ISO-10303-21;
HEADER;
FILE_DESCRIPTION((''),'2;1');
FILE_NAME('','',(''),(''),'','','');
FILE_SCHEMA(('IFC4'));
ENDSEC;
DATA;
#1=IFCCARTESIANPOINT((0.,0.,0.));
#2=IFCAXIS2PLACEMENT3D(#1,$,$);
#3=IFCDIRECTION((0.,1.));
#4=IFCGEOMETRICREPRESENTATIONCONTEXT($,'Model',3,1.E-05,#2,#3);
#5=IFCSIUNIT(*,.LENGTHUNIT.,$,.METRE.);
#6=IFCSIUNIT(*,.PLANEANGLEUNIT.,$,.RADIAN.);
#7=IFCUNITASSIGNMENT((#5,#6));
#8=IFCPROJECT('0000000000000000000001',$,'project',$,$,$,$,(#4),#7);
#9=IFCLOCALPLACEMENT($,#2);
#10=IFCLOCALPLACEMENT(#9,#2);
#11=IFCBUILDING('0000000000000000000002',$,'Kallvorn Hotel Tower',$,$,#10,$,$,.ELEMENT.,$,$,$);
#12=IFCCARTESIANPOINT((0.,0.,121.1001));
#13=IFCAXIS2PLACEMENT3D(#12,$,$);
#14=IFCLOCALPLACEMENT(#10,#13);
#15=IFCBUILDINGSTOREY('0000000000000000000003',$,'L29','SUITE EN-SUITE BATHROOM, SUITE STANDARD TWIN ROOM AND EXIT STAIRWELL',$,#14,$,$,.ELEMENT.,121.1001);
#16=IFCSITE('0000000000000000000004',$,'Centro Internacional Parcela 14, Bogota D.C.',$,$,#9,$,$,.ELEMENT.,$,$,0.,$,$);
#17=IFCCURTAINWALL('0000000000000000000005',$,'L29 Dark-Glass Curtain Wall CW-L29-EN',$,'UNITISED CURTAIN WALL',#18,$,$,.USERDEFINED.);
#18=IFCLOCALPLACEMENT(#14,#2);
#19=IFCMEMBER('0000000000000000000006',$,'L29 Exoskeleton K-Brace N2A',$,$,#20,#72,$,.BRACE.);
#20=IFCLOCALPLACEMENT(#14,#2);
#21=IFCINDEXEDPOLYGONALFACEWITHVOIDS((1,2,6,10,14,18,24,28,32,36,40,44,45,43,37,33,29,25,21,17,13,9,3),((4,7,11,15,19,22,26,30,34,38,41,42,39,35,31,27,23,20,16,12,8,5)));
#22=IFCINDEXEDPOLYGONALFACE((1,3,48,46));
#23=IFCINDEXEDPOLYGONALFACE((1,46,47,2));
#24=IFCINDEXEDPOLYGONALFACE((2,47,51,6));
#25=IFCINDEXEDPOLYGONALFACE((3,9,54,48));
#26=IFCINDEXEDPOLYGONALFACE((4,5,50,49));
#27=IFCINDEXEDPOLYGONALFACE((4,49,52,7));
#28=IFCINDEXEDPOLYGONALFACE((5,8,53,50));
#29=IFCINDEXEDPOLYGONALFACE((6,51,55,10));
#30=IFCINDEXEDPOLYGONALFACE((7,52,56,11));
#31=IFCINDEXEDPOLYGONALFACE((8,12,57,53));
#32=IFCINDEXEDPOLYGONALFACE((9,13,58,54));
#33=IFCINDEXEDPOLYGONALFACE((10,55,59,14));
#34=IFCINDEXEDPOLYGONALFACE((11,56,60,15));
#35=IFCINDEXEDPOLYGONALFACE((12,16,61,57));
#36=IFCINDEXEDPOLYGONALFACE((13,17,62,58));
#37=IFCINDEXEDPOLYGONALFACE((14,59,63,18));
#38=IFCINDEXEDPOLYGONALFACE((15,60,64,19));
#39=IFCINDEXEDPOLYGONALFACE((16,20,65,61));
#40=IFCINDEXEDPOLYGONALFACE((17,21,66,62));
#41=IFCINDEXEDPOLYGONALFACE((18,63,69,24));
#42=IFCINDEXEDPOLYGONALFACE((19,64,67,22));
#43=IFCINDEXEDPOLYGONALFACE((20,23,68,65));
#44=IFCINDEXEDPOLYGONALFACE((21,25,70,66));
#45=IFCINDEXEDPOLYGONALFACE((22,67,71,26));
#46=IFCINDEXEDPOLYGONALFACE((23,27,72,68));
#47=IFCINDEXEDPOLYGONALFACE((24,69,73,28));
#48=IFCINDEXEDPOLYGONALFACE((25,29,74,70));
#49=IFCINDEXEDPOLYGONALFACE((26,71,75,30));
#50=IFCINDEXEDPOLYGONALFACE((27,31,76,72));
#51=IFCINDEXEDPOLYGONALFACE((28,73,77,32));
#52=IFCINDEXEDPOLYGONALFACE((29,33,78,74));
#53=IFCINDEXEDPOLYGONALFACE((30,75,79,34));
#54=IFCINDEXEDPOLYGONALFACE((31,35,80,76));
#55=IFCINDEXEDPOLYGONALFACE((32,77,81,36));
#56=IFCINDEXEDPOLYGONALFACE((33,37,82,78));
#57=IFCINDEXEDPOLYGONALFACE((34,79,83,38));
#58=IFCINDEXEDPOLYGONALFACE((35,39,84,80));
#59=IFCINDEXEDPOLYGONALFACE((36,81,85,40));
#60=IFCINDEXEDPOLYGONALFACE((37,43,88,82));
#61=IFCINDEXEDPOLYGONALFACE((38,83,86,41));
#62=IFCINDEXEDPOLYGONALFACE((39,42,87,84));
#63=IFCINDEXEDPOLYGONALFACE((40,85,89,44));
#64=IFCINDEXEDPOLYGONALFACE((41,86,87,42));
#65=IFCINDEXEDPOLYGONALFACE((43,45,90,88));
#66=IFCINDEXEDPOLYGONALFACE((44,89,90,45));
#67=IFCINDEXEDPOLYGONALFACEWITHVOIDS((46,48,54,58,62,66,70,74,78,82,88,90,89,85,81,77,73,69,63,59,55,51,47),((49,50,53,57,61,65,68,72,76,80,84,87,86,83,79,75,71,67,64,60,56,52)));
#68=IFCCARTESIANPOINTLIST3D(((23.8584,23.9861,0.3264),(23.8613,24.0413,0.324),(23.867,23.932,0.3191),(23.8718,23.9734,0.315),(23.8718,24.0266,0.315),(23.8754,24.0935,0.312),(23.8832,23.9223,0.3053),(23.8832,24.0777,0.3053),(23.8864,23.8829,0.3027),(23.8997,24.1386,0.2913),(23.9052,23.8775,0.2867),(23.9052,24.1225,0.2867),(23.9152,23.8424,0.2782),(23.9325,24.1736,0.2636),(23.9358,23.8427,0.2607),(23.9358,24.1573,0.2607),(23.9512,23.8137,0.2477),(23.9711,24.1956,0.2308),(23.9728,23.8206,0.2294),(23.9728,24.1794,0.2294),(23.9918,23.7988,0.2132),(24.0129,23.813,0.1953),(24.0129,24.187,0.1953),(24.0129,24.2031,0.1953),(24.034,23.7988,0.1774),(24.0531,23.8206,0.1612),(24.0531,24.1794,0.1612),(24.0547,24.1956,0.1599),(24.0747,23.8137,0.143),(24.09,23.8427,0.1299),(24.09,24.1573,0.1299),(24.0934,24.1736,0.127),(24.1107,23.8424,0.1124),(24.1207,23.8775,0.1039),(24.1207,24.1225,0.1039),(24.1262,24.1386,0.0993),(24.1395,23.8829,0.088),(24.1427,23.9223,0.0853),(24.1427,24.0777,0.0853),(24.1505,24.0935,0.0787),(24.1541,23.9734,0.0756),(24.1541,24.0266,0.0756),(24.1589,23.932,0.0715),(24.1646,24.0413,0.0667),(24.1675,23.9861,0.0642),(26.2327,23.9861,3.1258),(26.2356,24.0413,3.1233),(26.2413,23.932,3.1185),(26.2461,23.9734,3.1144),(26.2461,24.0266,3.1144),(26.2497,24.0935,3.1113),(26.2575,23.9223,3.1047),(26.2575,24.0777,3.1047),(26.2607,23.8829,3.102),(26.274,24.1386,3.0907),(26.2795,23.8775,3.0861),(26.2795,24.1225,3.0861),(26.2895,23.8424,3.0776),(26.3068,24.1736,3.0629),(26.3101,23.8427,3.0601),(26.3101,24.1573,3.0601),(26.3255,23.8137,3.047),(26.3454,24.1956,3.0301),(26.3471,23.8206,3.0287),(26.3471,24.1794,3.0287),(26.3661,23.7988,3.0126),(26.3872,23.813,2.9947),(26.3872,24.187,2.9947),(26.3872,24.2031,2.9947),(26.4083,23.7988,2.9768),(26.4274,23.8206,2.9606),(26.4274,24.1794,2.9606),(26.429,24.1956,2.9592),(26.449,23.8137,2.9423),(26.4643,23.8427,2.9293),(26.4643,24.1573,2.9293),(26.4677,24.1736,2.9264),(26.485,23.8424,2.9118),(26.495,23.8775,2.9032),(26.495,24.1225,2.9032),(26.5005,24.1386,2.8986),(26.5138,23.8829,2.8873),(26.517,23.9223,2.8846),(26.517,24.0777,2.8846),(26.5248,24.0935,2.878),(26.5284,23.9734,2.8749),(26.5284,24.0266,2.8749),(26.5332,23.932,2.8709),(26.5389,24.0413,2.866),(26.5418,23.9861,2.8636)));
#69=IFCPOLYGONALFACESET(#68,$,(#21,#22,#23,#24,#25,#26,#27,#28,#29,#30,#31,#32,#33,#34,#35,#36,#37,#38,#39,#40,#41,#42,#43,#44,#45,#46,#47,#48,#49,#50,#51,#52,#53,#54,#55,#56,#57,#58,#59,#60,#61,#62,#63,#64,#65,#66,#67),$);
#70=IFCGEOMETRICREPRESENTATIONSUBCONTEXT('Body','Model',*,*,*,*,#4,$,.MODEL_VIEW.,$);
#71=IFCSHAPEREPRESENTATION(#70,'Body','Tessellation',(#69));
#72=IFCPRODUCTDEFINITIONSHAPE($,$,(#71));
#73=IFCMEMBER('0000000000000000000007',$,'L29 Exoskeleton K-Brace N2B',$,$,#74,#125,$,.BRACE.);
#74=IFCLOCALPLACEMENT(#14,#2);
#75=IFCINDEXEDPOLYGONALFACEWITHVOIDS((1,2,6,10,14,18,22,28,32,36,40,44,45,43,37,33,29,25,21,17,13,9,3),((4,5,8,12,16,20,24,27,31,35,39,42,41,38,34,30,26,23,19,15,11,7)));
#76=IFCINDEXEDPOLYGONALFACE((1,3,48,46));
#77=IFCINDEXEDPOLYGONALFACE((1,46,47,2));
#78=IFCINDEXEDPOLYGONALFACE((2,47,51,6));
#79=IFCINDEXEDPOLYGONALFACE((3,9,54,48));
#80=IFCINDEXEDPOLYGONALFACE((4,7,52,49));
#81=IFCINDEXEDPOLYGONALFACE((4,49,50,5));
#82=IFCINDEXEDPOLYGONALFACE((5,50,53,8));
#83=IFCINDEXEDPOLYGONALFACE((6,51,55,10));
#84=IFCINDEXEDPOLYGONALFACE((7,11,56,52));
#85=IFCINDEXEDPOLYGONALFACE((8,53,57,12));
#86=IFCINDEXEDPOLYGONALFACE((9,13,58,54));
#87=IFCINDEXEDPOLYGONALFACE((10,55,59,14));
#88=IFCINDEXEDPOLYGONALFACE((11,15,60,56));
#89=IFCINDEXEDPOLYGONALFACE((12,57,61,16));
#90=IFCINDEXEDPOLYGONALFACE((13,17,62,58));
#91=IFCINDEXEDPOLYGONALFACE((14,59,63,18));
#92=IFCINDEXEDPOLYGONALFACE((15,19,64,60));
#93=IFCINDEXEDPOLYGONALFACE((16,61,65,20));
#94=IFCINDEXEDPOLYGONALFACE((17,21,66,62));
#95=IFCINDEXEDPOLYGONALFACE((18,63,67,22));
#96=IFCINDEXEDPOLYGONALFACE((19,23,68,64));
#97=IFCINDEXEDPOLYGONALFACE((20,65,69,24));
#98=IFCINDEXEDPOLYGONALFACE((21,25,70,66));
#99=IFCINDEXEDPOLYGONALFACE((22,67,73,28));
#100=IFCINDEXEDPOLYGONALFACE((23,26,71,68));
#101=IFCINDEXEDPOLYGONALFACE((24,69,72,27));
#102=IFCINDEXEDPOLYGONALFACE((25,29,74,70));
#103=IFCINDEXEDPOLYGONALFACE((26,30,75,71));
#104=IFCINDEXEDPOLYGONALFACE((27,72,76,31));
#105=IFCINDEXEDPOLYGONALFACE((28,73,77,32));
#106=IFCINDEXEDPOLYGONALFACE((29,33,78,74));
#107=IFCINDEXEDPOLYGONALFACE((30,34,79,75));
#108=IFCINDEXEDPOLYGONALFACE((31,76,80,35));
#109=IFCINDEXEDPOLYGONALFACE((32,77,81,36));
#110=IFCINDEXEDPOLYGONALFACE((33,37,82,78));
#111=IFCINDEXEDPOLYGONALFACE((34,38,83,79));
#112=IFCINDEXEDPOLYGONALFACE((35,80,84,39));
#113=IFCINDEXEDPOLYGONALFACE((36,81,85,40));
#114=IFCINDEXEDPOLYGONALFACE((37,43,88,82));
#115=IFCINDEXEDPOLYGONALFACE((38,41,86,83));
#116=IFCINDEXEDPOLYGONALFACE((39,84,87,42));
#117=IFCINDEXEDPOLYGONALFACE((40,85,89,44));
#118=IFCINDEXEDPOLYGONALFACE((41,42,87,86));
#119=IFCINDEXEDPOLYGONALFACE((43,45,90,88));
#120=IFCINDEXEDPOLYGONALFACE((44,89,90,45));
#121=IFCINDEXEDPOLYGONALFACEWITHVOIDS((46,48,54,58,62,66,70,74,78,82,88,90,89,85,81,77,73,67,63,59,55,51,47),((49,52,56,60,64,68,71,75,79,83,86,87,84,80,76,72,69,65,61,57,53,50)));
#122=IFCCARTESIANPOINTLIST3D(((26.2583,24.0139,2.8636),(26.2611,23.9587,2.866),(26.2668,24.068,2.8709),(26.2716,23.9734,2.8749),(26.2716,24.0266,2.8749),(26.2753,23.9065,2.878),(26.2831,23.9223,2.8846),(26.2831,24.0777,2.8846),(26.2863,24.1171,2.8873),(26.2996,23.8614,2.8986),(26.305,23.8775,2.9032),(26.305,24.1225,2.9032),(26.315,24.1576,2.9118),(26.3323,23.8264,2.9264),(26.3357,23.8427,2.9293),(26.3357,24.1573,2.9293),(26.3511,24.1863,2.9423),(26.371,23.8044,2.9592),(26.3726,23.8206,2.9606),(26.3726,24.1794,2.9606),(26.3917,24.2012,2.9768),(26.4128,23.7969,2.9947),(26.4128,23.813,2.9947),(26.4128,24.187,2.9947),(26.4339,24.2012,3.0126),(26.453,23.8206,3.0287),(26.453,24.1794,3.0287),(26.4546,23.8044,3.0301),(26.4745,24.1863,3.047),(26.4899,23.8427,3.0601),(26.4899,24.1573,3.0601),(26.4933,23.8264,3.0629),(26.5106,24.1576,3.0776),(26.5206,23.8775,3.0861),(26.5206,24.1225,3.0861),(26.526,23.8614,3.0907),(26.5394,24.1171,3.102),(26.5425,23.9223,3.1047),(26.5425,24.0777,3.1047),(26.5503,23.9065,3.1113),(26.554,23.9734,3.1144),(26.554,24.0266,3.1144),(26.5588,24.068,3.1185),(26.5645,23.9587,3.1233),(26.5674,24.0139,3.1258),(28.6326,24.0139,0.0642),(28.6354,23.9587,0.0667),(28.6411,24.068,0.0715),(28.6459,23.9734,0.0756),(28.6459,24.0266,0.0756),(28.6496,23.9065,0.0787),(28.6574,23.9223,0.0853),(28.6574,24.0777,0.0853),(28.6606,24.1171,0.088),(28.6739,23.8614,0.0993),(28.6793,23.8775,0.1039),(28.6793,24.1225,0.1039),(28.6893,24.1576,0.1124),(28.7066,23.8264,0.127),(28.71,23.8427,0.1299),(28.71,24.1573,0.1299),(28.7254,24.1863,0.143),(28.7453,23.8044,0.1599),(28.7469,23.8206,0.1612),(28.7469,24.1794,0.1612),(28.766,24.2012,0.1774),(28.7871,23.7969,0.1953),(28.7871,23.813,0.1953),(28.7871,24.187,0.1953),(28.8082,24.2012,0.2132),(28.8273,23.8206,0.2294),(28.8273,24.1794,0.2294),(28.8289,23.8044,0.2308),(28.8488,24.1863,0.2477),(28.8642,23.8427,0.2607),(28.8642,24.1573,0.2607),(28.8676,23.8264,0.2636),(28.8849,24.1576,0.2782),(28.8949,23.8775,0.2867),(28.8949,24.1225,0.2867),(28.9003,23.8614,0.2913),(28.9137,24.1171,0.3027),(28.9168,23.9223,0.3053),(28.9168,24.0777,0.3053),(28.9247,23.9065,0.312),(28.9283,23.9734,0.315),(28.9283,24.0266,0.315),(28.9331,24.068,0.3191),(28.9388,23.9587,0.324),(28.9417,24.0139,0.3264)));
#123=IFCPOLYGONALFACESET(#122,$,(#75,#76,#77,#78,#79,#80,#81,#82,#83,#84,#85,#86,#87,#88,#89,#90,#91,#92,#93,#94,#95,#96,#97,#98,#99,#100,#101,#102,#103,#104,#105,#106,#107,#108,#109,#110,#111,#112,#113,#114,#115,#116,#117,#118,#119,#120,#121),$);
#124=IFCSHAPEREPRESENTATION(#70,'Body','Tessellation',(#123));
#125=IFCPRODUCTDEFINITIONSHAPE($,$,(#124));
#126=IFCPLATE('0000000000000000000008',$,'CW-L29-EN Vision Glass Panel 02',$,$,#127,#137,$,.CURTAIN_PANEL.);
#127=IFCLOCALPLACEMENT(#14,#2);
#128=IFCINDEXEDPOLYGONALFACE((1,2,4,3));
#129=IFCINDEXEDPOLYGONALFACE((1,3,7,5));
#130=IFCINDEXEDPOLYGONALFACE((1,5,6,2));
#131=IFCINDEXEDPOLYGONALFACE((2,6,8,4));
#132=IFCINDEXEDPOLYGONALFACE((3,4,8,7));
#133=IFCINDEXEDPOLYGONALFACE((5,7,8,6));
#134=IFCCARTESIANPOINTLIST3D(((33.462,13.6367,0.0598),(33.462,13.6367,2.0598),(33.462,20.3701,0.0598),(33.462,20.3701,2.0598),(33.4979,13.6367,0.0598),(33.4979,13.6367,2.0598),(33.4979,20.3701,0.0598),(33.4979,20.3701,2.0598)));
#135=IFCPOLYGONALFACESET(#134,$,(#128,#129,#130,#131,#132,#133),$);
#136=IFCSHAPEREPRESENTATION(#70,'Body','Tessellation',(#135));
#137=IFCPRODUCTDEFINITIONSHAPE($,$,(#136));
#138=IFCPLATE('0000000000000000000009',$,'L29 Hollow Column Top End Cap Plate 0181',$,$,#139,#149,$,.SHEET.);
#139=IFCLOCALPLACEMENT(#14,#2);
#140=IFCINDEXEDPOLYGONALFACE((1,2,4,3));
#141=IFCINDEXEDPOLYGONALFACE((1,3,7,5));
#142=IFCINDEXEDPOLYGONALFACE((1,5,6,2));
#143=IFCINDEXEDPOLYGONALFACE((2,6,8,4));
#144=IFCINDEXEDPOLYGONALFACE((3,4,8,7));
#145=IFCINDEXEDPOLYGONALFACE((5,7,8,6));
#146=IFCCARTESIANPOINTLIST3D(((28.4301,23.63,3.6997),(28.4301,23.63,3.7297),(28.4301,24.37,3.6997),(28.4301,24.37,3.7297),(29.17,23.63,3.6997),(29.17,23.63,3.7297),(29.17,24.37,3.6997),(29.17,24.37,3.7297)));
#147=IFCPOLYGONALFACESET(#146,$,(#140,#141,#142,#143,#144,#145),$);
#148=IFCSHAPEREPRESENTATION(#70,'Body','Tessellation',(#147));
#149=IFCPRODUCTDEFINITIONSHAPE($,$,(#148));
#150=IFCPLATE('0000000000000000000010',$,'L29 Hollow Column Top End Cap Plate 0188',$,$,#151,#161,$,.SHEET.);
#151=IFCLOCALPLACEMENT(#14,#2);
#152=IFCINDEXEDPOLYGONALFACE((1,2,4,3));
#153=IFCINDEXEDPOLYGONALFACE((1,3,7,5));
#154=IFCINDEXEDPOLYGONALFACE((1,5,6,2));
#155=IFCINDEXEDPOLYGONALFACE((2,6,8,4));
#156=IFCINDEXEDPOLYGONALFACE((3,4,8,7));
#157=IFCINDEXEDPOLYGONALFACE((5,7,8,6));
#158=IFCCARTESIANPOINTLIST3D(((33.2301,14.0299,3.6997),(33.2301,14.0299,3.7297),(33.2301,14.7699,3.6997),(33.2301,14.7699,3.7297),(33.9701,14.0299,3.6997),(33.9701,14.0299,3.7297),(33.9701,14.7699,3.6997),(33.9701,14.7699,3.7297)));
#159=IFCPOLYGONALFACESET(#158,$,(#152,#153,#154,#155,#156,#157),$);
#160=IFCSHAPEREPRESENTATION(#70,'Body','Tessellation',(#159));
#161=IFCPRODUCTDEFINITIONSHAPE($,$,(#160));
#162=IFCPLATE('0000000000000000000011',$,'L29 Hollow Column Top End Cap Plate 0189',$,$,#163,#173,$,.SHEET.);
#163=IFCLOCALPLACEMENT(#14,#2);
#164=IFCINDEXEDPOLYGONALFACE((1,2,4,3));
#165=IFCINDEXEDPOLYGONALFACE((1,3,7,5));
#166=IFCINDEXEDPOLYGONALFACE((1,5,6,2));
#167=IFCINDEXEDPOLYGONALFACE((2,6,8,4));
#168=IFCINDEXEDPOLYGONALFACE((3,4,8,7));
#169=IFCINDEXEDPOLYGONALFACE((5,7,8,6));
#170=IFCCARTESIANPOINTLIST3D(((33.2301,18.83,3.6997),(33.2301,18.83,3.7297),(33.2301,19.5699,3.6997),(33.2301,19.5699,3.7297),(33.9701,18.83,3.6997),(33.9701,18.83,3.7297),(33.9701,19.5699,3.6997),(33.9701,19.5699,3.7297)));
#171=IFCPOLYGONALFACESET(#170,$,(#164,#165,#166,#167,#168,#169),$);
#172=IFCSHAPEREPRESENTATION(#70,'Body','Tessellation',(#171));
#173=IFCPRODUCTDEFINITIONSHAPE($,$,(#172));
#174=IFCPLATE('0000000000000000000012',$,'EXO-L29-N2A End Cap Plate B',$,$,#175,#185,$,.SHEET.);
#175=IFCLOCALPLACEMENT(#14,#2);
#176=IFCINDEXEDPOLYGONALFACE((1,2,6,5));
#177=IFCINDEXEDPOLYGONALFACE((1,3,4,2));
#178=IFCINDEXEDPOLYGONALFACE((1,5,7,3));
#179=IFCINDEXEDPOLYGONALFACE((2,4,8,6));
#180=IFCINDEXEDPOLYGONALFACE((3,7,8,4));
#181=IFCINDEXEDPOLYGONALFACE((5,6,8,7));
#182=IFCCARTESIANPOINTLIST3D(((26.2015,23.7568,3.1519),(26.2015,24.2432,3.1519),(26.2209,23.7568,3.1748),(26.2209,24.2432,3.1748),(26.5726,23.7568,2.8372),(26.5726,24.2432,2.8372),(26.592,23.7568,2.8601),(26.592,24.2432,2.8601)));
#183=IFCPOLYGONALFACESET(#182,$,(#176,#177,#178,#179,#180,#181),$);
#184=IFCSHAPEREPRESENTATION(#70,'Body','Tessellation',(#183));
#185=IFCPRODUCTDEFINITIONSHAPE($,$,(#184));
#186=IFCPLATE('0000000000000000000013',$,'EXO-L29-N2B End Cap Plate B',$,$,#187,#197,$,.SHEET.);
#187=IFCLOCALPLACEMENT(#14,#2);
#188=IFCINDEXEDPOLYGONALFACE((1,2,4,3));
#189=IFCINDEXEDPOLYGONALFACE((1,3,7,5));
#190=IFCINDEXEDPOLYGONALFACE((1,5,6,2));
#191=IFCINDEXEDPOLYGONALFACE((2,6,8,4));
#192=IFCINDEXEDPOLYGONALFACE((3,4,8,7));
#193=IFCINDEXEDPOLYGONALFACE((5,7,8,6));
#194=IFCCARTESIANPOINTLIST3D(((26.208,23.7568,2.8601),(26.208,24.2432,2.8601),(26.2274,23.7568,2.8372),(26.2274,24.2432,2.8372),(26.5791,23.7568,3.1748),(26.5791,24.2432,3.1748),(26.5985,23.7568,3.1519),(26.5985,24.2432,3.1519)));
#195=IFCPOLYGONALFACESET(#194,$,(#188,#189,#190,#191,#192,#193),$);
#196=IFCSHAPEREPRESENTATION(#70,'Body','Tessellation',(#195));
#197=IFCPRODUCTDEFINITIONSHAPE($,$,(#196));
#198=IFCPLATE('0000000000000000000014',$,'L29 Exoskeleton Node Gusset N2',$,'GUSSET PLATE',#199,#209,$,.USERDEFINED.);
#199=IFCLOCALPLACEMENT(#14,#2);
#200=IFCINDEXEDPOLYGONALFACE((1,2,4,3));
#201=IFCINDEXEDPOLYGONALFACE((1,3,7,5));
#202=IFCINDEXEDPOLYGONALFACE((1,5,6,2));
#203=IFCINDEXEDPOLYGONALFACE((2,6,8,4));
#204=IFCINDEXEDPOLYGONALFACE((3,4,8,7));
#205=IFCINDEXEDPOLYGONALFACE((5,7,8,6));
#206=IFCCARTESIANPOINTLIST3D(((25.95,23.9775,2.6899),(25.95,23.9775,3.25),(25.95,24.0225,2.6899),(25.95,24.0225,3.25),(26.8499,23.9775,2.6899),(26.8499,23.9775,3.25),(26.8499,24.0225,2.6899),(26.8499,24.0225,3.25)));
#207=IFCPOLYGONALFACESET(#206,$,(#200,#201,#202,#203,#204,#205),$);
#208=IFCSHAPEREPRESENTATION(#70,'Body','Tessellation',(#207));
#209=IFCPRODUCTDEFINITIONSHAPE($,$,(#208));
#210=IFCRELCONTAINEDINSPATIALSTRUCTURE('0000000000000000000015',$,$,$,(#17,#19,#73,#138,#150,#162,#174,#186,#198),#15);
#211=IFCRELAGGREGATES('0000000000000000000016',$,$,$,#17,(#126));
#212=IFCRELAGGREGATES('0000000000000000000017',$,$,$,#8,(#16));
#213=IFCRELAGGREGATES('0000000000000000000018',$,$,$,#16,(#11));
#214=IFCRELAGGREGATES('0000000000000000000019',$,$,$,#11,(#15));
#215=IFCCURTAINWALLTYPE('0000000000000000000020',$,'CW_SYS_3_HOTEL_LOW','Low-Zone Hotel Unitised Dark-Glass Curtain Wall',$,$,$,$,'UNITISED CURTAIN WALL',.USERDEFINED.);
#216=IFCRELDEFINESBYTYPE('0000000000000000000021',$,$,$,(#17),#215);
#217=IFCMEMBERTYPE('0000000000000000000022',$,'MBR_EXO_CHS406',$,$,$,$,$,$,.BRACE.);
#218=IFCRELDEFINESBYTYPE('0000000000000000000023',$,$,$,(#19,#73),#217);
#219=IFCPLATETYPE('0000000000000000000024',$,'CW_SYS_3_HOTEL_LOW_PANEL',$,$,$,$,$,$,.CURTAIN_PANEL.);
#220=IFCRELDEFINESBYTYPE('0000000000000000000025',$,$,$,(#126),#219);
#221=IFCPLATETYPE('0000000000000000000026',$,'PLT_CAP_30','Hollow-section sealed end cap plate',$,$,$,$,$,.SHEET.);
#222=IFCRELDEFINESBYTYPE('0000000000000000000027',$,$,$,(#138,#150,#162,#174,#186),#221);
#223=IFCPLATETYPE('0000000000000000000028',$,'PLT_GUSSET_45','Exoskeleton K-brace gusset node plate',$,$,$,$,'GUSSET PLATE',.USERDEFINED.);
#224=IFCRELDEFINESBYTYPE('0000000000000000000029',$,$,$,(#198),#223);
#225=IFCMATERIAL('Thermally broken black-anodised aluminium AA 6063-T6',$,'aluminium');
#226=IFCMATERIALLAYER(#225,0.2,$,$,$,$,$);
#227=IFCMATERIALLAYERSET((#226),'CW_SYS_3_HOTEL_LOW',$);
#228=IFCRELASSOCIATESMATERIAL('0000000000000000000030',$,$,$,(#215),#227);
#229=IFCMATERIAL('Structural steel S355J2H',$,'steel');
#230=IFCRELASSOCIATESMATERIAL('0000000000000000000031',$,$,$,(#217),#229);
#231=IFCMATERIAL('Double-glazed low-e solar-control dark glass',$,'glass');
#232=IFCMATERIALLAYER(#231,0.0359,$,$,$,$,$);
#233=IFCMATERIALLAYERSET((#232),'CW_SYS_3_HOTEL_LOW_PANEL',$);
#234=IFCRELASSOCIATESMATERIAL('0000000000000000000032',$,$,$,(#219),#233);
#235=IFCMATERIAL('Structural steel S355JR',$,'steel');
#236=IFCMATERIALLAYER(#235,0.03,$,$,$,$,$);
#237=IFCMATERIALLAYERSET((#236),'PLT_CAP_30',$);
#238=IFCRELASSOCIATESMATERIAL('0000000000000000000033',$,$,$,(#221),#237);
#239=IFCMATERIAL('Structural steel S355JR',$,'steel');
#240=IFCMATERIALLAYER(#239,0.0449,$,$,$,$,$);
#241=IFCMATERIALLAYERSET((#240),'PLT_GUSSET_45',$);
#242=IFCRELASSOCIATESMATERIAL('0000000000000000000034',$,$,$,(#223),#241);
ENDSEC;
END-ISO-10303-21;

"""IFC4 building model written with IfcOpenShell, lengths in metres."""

from ifc_helpers import new_model, si_unit, direction, frame, origin, origin_2d, place, context, subcontext, project, spatial, polyline, rectangle, hollow_circle, outline, extrude, material, layer, layer_set, material_profile, profile_set, type_object, element, aggregate, save


model = new_model("IFC4")

# Units and contexts
model_context = context("Model", 3, precision=1e-05, world=origin(), true_north=direction((0.0, 1.0)))
body_context = subcontext(model_context, "Body", "Model", "MODEL_VIEW")
ifc_project = project(units=[si_unit("LENGTHUNIT", "METRE"), si_unit("PLANEANGLEUNIT", "RADIAN")], contexts=[model_context])

# Site, building, storey
site_placement = place(None, origin())
site = spatial("IfcSite", under=ifc_project, at=site_placement, Name="Centro Internacional Parcela 14, Bogota D.C.", CompositionType="ELEMENT", RefElevation=0.0)
building_placement = place(site_placement, origin())
building = spatial("IfcBuilding", under=site, at=building_placement, Name="Kallvorn Hotel Tower", CompositionType="ELEMENT")
storey_placement = place(building_placement, frame((0.0, 0.0, 121.1001)))
storey = spatial("IfcBuildingStorey", under=building, at=storey_placement, Name="L29", Description="SUITE EN-SUITE BATHROOM, SUITE STANDARD TWIN ROOM AND EXIT STAIRWELL", CompositionType="ELEMENT", Elevation=121.1001)

# Curtain wall
ifc_material_1 = material(Name="Thermally broken black-anodised aluminium AA 6063-T6", Category="aluminium")
ifc_layer_1 = layer(ifc_material_1, 0.2)
ifc_layer_set_1 = layer_set([ifc_layer_1], Name="CW_SYS_3_HOTEL_LOW")
curtain_wall_type = type_object("IfcCurtainWallType", Name="CW_SYS_3_HOTEL_LOW", Description="Low-Zone Hotel Unitised Dark-Glass Curtain Wall", ElementType="UNITISED CURTAIN WALL", PredefinedType="USERDEFINED", material=ifc_layer_set_1)
curtain_wall_placement = place(storey_placement, origin())
curtain_wall = element("IfcCurtainWall", 1, at=curtain_wall_placement, inside=storey, type_object=curtain_wall_type, Name="L29 Dark-Glass Curtain Wall CW-L29-EN", ObjectType="UNITISED CURTAIN WALL", PredefinedType="USERDEFINED")

# Members
ifc_material_2 = material(Name="Structural steel S355J2H", Category="steel")
ifc_material_profile_1 = material_profile(ifc_material_2, hollow_circle(Radius=0.2031, WallThickness=0.0161, at=origin_2d()), Name="CHS 406.4x16")
ifc_profile_set_1 = profile_set([ifc_material_profile_1], Name="Structural steel S355J2H")
member_type_1 = type_object("IfcMemberType", Name="MBR_EXO_CHS406", PredefinedType="BRACE", material=ifc_profile_set_1)
for number, where, z_axis, x_axis, name in (
    (2, (24.0129, 24.0, 0.1953), (0.646833, 0.0, 0.762631), (0.0, 1.0, 0.0), "L29 Exoskeleton K-Brace N2A"),
    (3, (28.7871, 24.0, 0.1953), (-0.646833, 0.0, 0.762631), (0.0, -1.0, 0.0), "L29 Exoskeleton K-Brace N2B"),
):
    element("IfcMember", number, at=place(storey_placement, frame(where, z_axis=z_axis, x_axis=x_axis)), inside=storey, type_object=member_type_1, Name=name, PredefinedType="BRACE", context=body_context, shape_type="SweptSolid", body=[
        extrude(hollow_circle(Radius=0.2031, WallThickness=0.0161, at=origin_2d()), origin(), (0.0, 0.0, 1.0), 3.6707),
    ])

# Plate
ifc_material_3 = material(Name="Double-glazed low-e solar-control dark glass", Category="glass")
ifc_layer_2 = layer(ifc_material_3, 0.0359)
ifc_layer_set_2 = layer_set([ifc_layer_2], Name="CW_SYS_3_HOTEL_LOW_PANEL")
plate_type_1 = type_object("IfcPlateType", Name="CW_SYS_3_HOTEL_LOW_PANEL", PredefinedType="CURTAIN_PANEL", material=ifc_layer_set_2)
plate_1_placement = place(storey_placement, frame((33.48, 17.0034, 0.0598), z_axis=(0.0, 0.0, 1.0), x_axis=(0.0, 1.0, 0.0)))
plate_1 = element("IfcPlate", 4, at=plate_1_placement, type_object=plate_type_1, Name="CW-L29-EN Vision Glass Panel 02", PredefinedType="CURTAIN_PANEL", context=body_context, shape_type="SweptSolid", body=[
    extrude(rectangle(XDim=6.7334, YDim=0.0359, at=origin_2d()), origin(), (0.0, 0.0, 1.0), 2.0),
])
aggregate(curtain_wall, [plate_1])

# Plates
ifc_material_4 = material(Name="Structural steel S355JR", Category="steel")
ifc_layer_3 = layer(ifc_material_4, 0.03)
ifc_layer_set_3 = layer_set([ifc_layer_3], Name="PLT_CAP_30")
plate_type_2 = type_object("IfcPlateType", Name="PLT_CAP_30", Description="Hollow-section sealed end cap plate", PredefinedType="SHEET", material=ifc_layer_set_3)
for number, where, z_axis, x_axis, name in (
    (5, (28.8, 24.0, 3.6997), (0.0, 0.0, 1.0), (1.0, 0.0, 0.0), "L29 Hollow Column Top End Cap Plate 0181"),
    (6, (33.6001, 14.3999, 3.6997), (0.0, 0.0, 1.0), (1.0, 0.0, 0.0), "L29 Hollow Column Top End Cap Plate 0188"),
    (7, (33.6001, 19.2, 3.6997), (0.0, 0.0, 1.0), (1.0, 0.0, 0.0), "L29 Hollow Column Top End Cap Plate 0189"),
):
    element("IfcPlate", number, at=place(storey_placement, frame(where, z_axis=z_axis, x_axis=x_axis)), inside=storey, type_object=plate_type_2, Name=name, PredefinedType="SHEET", context=body_context, shape_type="SweptSolid", body=[
        extrude(rectangle(XDim=0.74, YDim=0.74, at=origin_2d()), origin(), (0.0, 0.0, 1.0), 0.03),
    ])
for number, where, z_axis, x_axis, name in (
    (8, (26.592, 23.7568, 2.8601), (0.646774, 0.0, 0.762682), (0.0, 1.0, 0.0), "EXO-L29-N2A End Cap Plate B"),
    (9, (26.208, 24.2432, 2.8601), (-0.646774, 0.0, 0.762682), (0.0, -1.0, 0.0), "EXO-L29-N2B End Cap Plate B"),
):
    element("IfcPlate", number, at=place(storey_placement, frame(where, z_axis=z_axis, x_axis=x_axis)), inside=storey, type_object=plate_type_2, Name=name, PredefinedType="SHEET", context=body_context, shape_type="SweptSolid", body=[
        extrude(outline(polyline([(0.0, 0.0), (0.4863, 0.0), (0.4863, 0.4866), (0.0, 0.4866), (0.0, 0.0)])), origin(), (0.0, 0.0, -1.0), 0.03),
    ])
ifc_material_5 = material(Name="Structural steel S355JR", Category="steel")
ifc_layer_4 = layer(ifc_material_5, 0.0449)
ifc_layer_set_4 = layer_set([ifc_layer_4], Name="PLT_GUSSET_45")
plate_type_3 = type_object("IfcPlateType", Name="PLT_GUSSET_45", Description="Exoskeleton K-brace gusset node plate", ElementType="GUSSET PLATE", PredefinedType="USERDEFINED", material=ifc_layer_set_4)
plate_2_placement = place(storey_placement, frame((26.3999, 24.0, 2.6899), z_axis=(0.0, 0.0, 1.0), x_axis=(1.0, 0.0, 0.0)))
element("IfcPlate", 10, at=plate_2_placement, inside=storey, type_object=plate_type_3, Name="L29 Exoskeleton Node Gusset N2", ObjectType="GUSSET PLATE", PredefinedType="USERDEFINED", context=body_context, shape_type="SweptSolid", body=[
    extrude(rectangle(XDim=0.8999, YDim=0.0449, at=origin_2d()), origin(), (0.0, 0.0, 1.0), 0.5601),
])

save(model, "model.ifc")
